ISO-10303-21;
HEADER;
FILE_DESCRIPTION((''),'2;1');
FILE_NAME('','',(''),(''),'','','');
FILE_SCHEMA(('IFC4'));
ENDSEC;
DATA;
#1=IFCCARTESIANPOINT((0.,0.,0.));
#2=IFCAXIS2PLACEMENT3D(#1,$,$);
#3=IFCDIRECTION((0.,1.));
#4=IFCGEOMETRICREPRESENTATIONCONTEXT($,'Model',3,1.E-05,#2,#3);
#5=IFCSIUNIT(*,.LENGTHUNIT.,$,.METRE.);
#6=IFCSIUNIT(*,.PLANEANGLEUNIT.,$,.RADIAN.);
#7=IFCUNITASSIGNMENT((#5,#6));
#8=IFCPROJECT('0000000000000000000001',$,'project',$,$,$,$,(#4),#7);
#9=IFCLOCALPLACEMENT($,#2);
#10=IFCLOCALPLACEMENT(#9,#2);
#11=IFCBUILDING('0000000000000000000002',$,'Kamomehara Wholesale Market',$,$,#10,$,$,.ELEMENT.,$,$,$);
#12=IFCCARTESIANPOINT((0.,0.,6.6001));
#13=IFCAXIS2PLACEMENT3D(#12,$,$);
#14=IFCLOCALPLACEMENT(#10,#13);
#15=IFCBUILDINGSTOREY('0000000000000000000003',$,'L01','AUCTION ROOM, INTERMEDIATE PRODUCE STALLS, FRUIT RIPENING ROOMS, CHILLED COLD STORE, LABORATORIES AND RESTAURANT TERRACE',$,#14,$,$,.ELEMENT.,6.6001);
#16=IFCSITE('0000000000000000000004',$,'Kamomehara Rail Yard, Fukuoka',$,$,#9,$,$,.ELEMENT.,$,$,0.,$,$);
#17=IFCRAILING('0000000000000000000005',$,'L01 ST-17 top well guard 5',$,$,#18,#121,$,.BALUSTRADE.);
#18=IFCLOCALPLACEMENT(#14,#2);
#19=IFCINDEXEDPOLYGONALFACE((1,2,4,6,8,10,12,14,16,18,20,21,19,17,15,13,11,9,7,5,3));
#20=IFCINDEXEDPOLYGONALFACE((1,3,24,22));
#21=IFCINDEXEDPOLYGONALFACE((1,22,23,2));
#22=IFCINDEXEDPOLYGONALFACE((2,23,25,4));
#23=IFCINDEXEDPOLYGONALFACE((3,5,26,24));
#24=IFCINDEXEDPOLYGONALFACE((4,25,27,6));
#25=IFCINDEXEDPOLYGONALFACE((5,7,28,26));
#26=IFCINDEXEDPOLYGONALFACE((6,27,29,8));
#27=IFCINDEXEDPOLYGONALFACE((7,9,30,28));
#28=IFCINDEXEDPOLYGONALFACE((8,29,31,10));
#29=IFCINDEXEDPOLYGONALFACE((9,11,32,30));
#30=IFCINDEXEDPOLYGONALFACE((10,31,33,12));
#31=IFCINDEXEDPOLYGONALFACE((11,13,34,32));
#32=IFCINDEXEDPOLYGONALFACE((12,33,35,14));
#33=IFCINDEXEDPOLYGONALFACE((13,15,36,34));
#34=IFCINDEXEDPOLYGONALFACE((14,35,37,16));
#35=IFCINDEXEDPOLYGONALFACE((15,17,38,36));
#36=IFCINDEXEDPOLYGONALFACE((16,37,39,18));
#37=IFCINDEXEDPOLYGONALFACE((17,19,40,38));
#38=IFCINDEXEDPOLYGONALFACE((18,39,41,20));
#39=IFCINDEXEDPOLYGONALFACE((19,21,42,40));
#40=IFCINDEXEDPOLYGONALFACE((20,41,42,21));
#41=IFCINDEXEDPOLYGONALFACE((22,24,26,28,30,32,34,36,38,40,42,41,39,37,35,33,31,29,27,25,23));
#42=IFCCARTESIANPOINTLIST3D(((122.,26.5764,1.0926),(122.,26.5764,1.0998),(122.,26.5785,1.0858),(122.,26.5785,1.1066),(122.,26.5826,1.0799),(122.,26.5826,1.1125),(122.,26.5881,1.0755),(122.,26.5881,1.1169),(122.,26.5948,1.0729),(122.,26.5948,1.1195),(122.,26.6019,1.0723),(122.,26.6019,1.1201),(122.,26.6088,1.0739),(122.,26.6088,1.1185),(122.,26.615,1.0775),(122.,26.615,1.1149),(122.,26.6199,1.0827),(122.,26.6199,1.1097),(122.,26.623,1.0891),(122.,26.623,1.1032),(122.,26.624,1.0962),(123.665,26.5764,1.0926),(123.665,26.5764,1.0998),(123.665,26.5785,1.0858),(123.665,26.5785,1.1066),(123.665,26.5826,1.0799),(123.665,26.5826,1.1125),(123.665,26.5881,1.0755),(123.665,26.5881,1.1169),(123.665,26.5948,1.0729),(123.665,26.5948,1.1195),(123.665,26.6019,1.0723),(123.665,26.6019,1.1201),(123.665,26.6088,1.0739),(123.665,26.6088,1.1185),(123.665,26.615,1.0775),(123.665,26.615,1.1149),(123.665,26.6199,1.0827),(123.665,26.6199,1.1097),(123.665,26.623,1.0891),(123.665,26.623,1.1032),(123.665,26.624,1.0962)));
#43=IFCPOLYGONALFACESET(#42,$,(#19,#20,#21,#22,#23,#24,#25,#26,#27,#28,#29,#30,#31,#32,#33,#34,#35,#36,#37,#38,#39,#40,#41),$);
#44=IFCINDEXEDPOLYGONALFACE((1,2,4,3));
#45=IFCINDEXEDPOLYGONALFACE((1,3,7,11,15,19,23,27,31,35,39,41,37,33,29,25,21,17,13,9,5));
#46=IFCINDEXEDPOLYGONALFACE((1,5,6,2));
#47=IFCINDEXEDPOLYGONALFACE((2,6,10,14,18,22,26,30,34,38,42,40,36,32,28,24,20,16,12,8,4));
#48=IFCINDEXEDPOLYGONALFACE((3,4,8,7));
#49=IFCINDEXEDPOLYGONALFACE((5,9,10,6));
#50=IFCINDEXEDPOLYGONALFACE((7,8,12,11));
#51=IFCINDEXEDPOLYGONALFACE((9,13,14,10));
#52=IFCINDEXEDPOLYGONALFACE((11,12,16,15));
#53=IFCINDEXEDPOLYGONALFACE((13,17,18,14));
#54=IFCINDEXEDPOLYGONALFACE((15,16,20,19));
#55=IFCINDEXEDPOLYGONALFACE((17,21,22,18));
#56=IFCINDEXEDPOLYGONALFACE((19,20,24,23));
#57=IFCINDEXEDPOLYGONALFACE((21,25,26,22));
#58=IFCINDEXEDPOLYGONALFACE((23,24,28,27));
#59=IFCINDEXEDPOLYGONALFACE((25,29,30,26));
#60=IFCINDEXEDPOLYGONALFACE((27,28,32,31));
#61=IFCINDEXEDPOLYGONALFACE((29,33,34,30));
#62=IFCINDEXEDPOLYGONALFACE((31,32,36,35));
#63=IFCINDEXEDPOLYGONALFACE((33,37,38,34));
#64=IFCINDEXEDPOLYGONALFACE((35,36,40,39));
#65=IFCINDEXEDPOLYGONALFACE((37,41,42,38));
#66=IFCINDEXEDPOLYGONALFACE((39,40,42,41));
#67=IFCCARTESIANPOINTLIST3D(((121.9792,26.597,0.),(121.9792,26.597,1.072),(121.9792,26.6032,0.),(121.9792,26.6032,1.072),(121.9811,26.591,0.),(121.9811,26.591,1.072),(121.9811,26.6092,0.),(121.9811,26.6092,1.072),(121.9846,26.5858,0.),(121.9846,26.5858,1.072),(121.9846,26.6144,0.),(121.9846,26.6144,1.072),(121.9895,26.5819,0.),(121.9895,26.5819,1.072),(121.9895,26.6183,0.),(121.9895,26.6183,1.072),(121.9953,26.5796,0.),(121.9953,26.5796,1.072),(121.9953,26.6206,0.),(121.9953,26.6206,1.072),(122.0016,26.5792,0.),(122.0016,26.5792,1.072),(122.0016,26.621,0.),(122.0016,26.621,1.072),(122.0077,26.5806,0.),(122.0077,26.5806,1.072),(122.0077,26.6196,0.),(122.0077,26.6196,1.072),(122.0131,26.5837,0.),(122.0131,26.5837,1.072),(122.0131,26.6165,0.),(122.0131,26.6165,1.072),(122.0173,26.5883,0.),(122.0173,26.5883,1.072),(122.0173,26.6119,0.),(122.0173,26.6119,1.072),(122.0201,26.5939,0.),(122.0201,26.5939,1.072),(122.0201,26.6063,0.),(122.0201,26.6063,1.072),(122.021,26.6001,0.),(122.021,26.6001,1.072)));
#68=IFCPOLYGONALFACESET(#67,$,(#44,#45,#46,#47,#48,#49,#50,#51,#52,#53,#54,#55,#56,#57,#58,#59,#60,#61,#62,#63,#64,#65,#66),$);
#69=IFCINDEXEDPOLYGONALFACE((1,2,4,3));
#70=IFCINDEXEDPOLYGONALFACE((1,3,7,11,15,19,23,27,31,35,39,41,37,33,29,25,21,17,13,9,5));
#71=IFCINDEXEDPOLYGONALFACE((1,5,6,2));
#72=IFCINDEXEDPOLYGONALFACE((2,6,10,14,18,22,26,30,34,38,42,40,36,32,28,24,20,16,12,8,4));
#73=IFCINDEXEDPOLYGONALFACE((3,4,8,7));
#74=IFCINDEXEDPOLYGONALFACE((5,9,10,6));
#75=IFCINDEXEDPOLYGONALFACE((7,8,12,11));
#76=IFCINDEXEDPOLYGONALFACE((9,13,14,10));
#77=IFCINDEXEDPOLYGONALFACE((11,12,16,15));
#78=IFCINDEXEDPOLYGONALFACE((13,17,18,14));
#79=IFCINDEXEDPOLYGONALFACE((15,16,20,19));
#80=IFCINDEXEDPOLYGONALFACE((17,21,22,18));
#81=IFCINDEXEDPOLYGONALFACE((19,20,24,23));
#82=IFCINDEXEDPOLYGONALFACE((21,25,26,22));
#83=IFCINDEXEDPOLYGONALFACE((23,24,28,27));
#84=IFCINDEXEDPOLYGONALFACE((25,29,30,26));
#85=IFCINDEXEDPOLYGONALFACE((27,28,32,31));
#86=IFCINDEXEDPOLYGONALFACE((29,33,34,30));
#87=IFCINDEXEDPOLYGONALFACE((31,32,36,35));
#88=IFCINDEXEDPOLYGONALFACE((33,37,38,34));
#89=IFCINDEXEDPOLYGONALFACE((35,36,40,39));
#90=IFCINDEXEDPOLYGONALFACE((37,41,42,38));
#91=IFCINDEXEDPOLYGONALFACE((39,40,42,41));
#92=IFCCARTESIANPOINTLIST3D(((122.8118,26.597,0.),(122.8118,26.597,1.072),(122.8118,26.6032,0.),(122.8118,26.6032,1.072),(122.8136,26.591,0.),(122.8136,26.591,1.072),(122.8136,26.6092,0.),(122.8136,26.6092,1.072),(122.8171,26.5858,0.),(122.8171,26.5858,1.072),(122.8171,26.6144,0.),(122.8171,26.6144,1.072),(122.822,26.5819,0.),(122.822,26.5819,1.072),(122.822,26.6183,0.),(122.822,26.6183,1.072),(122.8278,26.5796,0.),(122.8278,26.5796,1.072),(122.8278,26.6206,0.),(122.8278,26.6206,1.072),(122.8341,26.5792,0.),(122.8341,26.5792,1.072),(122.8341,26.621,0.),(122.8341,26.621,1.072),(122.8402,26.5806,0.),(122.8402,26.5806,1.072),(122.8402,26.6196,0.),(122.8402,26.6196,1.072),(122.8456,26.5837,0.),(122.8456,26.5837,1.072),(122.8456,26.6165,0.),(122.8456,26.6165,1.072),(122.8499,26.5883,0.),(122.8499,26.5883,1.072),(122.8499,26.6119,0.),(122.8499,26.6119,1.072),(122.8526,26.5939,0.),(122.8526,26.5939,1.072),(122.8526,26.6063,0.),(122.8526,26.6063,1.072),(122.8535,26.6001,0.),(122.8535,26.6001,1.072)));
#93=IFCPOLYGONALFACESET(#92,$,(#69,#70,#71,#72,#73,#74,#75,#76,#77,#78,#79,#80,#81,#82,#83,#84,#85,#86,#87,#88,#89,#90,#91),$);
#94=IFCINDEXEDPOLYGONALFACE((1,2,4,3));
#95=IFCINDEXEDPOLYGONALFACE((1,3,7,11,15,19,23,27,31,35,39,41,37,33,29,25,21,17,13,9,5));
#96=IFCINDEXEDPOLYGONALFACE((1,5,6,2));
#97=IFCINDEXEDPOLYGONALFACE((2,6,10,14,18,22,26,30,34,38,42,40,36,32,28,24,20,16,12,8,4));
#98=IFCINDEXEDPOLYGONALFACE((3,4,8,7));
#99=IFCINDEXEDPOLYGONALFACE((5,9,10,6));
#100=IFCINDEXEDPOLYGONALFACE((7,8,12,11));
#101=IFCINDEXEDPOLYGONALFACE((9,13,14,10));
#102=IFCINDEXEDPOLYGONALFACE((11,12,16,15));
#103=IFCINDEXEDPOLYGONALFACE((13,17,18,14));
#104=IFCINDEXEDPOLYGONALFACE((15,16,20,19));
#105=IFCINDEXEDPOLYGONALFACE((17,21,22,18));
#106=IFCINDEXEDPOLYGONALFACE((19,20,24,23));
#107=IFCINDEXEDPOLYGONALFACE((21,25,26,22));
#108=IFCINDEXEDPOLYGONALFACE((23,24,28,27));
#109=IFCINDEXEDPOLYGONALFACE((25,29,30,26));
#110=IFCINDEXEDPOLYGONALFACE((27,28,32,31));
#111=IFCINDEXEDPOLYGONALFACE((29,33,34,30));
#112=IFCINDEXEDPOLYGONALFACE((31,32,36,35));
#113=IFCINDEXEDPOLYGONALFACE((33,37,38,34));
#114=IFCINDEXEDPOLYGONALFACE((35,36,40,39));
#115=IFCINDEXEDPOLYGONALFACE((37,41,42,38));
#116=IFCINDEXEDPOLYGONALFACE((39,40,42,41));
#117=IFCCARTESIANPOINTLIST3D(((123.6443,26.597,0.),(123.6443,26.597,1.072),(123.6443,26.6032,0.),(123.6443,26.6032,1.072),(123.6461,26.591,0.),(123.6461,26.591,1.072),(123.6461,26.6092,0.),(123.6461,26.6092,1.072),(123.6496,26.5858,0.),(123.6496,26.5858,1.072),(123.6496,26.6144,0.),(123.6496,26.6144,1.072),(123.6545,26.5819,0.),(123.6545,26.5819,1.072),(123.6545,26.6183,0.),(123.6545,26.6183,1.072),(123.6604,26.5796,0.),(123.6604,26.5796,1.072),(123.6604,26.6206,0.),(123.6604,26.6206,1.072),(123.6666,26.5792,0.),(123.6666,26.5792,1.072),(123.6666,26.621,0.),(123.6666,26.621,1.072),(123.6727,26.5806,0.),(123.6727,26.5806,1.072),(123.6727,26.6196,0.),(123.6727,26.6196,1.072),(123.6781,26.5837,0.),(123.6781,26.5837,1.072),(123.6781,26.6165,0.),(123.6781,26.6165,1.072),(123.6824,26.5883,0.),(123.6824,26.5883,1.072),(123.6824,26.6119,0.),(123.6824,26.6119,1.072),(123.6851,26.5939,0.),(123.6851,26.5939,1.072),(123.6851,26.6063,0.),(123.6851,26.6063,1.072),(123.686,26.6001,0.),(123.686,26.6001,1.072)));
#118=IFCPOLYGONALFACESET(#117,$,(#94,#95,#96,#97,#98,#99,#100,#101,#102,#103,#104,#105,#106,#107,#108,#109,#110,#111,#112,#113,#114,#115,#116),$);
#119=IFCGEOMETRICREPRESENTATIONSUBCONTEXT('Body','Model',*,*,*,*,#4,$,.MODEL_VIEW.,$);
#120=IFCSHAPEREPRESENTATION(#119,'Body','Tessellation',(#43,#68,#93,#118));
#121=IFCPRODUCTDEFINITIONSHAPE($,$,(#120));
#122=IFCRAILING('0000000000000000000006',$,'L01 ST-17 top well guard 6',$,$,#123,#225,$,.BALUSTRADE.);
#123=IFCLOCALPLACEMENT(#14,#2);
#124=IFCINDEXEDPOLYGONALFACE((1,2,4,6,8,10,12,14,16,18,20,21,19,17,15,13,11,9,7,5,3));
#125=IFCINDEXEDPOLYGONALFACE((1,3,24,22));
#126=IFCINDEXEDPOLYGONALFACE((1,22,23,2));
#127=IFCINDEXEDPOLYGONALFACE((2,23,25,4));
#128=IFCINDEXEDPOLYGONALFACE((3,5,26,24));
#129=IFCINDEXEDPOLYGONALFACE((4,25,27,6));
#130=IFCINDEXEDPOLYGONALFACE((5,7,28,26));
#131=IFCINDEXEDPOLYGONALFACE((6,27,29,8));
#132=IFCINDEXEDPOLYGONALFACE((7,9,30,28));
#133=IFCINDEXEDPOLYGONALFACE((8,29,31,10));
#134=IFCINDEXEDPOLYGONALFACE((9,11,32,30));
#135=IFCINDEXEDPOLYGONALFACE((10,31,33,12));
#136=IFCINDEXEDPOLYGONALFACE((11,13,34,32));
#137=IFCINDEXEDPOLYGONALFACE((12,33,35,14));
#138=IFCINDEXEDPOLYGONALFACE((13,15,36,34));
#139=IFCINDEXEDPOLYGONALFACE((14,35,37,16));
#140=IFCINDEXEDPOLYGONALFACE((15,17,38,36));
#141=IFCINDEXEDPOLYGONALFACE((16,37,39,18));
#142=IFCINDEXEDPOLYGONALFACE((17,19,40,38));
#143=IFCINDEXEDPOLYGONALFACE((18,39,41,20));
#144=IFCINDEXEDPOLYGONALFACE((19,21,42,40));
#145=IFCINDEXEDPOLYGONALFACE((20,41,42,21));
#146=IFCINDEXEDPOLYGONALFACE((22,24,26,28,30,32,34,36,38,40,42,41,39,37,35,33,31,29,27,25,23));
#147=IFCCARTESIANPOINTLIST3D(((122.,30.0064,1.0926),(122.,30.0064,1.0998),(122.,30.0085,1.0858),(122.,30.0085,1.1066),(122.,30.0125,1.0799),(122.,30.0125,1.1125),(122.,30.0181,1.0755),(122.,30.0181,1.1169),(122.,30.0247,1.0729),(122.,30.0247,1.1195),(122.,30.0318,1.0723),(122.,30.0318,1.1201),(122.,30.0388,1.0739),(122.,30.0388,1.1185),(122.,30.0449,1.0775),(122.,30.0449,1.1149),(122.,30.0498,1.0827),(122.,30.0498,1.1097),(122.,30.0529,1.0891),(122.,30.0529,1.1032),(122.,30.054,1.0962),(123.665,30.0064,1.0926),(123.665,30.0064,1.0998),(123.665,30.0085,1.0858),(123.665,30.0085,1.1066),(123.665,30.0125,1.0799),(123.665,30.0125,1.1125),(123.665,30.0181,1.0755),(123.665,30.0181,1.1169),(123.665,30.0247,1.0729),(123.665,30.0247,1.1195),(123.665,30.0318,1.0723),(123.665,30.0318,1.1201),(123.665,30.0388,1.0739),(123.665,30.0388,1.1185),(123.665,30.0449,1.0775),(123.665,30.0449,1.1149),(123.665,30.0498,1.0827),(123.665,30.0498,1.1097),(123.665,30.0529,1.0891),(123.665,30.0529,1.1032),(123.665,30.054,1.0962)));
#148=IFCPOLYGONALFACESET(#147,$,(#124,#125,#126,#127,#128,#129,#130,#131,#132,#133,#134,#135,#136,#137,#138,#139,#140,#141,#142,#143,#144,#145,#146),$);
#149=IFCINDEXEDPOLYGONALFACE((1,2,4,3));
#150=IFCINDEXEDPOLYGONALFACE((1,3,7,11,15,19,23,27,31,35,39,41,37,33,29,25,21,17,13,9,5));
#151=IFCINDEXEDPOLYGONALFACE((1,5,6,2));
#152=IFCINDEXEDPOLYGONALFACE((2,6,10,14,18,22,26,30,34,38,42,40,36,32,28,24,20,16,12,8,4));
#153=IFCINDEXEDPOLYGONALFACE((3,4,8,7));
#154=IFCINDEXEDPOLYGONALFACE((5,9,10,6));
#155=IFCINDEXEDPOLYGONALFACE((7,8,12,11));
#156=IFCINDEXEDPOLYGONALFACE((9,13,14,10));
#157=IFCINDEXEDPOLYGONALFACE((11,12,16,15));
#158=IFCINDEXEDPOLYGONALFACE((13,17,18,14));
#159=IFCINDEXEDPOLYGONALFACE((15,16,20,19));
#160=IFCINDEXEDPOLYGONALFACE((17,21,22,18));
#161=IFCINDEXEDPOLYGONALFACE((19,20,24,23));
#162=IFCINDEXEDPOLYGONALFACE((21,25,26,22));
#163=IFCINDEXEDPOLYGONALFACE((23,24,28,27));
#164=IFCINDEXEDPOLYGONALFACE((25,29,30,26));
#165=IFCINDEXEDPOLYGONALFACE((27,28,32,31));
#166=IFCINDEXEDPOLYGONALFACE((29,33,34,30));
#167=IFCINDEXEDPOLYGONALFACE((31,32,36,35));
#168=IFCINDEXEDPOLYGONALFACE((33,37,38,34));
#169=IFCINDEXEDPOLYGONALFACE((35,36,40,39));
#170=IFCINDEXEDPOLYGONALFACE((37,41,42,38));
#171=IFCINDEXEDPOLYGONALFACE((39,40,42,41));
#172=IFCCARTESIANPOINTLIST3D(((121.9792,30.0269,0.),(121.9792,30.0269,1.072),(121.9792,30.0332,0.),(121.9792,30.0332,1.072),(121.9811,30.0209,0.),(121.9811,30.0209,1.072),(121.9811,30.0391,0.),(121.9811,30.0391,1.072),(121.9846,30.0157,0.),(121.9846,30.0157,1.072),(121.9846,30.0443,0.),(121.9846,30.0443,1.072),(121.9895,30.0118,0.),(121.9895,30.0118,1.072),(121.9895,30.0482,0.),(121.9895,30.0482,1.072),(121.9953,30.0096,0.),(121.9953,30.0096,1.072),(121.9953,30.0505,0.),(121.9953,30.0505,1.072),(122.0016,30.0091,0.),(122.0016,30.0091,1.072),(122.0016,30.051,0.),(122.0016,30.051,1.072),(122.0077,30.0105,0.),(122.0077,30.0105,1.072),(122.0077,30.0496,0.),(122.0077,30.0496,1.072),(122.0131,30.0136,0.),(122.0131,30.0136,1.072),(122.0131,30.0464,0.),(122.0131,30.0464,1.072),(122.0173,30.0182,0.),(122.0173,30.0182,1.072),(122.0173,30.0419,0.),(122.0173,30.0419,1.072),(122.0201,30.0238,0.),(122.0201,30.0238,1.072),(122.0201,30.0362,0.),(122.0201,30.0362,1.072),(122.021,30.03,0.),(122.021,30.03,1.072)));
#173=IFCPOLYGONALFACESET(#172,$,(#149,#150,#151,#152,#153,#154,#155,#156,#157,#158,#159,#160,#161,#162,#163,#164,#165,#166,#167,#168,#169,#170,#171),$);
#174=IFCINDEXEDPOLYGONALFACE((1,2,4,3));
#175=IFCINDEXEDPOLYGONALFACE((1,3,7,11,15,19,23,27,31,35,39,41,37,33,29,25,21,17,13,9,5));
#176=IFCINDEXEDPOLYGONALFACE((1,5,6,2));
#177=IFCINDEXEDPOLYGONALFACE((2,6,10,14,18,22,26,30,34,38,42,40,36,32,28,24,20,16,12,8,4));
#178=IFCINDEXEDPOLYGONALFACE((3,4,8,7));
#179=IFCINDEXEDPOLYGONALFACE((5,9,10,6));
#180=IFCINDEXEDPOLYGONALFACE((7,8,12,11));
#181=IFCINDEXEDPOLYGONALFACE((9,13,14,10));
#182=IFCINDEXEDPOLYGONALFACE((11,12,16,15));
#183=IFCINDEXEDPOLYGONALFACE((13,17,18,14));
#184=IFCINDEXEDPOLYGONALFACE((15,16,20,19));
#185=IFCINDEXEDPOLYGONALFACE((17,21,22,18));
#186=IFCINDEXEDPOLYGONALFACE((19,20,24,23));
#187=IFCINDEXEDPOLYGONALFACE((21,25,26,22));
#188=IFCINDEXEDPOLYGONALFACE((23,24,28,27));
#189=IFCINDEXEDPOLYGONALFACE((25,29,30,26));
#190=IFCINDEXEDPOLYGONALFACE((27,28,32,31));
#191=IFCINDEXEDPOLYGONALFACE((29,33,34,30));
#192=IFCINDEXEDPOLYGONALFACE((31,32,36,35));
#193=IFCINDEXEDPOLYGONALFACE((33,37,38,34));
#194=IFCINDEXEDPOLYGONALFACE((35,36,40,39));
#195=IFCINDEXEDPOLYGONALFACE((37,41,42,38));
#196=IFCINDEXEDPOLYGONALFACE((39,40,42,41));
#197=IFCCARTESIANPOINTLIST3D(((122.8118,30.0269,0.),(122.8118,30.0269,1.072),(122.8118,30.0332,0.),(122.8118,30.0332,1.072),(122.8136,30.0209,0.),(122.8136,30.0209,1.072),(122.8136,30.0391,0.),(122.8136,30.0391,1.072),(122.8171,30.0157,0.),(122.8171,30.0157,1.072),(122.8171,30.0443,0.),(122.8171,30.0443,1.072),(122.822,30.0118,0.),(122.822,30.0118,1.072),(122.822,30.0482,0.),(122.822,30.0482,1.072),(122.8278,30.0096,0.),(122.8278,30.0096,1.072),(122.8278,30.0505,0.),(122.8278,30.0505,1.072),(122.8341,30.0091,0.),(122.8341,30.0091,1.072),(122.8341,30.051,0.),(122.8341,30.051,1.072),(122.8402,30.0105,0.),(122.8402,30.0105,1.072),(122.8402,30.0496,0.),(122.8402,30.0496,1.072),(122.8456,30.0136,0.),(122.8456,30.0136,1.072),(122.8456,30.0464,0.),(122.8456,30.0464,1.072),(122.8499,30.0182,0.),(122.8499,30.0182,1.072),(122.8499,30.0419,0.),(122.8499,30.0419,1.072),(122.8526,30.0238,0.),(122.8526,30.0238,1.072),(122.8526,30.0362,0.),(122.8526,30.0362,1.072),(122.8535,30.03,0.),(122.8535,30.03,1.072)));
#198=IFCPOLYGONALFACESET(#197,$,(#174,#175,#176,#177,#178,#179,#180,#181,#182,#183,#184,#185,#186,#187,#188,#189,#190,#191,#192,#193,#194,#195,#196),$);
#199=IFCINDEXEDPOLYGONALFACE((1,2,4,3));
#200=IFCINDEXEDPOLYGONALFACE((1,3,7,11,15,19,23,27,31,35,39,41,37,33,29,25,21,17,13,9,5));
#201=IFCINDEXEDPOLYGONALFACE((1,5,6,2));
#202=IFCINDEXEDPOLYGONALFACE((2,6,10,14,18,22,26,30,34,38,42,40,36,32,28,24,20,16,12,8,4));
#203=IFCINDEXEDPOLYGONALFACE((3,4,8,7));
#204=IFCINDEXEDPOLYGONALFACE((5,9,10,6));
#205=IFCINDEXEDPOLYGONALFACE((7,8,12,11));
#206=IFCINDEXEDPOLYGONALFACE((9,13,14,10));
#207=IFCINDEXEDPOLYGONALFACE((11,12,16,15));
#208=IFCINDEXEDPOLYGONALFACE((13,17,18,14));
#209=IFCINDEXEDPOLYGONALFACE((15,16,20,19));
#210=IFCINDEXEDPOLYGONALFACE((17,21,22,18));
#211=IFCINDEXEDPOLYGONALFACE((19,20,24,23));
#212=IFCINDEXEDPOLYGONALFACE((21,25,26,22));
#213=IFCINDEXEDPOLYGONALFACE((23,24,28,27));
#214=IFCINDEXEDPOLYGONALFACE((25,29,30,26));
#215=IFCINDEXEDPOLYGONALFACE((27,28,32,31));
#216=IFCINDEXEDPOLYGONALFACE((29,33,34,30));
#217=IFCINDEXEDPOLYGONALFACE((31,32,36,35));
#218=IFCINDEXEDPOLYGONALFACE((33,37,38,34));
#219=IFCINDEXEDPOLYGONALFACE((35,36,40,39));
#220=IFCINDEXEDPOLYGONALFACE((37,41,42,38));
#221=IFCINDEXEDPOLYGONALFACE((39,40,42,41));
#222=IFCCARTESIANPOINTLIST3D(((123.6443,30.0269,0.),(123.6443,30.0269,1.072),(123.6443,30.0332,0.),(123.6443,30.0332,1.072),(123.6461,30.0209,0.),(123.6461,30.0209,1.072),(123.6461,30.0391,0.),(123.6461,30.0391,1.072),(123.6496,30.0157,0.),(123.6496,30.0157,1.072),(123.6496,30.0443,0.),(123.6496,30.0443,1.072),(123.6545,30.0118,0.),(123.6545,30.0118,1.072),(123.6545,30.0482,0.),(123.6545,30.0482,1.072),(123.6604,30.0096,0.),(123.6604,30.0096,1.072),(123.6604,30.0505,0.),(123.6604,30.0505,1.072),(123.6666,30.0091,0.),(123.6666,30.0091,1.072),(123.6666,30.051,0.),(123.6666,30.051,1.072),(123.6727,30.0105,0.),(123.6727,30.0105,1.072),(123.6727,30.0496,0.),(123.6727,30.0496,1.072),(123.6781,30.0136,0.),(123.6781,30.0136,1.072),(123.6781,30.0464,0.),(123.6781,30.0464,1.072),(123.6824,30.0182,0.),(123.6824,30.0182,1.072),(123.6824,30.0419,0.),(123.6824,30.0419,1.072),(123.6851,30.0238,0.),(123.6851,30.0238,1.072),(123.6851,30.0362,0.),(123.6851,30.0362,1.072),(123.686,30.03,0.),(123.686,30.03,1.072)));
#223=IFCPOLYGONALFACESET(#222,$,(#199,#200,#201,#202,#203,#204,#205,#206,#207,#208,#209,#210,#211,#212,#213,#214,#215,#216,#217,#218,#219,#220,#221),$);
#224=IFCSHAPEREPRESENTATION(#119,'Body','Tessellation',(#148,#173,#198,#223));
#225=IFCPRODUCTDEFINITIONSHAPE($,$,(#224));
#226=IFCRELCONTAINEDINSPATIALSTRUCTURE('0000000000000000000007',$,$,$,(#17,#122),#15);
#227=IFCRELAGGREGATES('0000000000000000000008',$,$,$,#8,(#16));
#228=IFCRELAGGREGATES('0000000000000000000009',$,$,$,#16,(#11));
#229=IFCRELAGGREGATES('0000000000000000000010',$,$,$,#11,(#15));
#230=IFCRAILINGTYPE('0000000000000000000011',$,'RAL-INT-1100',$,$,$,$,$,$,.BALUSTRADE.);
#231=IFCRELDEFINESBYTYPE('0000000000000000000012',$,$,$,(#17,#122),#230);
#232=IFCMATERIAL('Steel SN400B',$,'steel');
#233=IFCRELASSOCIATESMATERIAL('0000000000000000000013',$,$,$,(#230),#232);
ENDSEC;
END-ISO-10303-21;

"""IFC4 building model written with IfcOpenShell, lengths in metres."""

from ifc_helpers import new_model, si_unit, direction, frame, origin, origin_2d, place, context, subcontext, project, spatial, circle, extrude, material, type_object, element, save


model = new_model("IFC4")

# Units and contexts
model_context = context("Model", 3, precision=1e-05, world=origin(), true_north=direction((0.0, 1.0)))
body_context = subcontext(model_context, "Body", "Model", "MODEL_VIEW")
ifc_project = project(units=[si_unit("LENGTHUNIT", "METRE"), si_unit("PLANEANGLEUNIT", "RADIAN")], contexts=[model_context])

# Site, building, storey
site_placement = place(None, origin())
site = spatial("IfcSite", under=ifc_project, at=site_placement, Name="Kamomehara Rail Yard, Fukuoka", CompositionType="ELEMENT", RefElevation=0.0)
building_placement = place(site_placement, origin())
building = spatial("IfcBuilding", under=site, at=building_placement, Name="Kamomehara Wholesale Market", CompositionType="ELEMENT")
storey_placement = place(building_placement, frame((0.0, 0.0, 6.6001)))
storey = spatial("IfcBuildingStorey", under=building, at=storey_placement, Name="L01", Description="AUCTION ROOM, INTERMEDIATE PRODUCE STALLS, FRUIT RIPENING ROOMS, CHILLED COLD STORE, LABORATORIES AND RESTAURANT TERRACE", CompositionType="ELEMENT", Elevation=6.6001)

# Railings
ifc_material_1 = material(Name="Steel SN400B", Category="steel")
railing_type = type_object("IfcRailingType", Name="RAL-INT-1100", PredefinedType="BALUSTRADE", material=ifc_material_1)
for number, where, name in (
    (1, (122.0, 26.6001, 0.0), "L01 ST-17 top well guard 5"),
    (2, (122.0, 30.03, 0.0), "L01 ST-17 top well guard 6"),
):
    element("IfcRailing", number, at=place(storey_placement, frame(where)), inside=storey, type_object=railing_type, Name=name, PredefinedType="BALUSTRADE", context=body_context, shape_type="SweptSolid", body=[
        extrude(circle(Radius=0.0239, at=origin_2d()), frame((0.0, 0.0, 1.0962), z_axis=(1.0, 0.0, 0.0), x_axis=(0.0, 1.0, 0.0)), (0.0, 0.0, 1.0), 1.665),
        extrude(circle(Radius=0.021, at=origin_2d()), origin(), (0.0, 0.0, 1.0), 1.072),
        extrude(circle(Radius=0.021, at=origin_2d()), frame((0.8325, 0.0, 0.0)), (0.0, 0.0, 1.0), 1.072),
        extrude(circle(Radius=0.021, at=origin_2d()), frame((1.665, 0.0, 0.0)), (0.0, 0.0, 1.0), 1.072),
    ])

save(model, "model.ifc")
